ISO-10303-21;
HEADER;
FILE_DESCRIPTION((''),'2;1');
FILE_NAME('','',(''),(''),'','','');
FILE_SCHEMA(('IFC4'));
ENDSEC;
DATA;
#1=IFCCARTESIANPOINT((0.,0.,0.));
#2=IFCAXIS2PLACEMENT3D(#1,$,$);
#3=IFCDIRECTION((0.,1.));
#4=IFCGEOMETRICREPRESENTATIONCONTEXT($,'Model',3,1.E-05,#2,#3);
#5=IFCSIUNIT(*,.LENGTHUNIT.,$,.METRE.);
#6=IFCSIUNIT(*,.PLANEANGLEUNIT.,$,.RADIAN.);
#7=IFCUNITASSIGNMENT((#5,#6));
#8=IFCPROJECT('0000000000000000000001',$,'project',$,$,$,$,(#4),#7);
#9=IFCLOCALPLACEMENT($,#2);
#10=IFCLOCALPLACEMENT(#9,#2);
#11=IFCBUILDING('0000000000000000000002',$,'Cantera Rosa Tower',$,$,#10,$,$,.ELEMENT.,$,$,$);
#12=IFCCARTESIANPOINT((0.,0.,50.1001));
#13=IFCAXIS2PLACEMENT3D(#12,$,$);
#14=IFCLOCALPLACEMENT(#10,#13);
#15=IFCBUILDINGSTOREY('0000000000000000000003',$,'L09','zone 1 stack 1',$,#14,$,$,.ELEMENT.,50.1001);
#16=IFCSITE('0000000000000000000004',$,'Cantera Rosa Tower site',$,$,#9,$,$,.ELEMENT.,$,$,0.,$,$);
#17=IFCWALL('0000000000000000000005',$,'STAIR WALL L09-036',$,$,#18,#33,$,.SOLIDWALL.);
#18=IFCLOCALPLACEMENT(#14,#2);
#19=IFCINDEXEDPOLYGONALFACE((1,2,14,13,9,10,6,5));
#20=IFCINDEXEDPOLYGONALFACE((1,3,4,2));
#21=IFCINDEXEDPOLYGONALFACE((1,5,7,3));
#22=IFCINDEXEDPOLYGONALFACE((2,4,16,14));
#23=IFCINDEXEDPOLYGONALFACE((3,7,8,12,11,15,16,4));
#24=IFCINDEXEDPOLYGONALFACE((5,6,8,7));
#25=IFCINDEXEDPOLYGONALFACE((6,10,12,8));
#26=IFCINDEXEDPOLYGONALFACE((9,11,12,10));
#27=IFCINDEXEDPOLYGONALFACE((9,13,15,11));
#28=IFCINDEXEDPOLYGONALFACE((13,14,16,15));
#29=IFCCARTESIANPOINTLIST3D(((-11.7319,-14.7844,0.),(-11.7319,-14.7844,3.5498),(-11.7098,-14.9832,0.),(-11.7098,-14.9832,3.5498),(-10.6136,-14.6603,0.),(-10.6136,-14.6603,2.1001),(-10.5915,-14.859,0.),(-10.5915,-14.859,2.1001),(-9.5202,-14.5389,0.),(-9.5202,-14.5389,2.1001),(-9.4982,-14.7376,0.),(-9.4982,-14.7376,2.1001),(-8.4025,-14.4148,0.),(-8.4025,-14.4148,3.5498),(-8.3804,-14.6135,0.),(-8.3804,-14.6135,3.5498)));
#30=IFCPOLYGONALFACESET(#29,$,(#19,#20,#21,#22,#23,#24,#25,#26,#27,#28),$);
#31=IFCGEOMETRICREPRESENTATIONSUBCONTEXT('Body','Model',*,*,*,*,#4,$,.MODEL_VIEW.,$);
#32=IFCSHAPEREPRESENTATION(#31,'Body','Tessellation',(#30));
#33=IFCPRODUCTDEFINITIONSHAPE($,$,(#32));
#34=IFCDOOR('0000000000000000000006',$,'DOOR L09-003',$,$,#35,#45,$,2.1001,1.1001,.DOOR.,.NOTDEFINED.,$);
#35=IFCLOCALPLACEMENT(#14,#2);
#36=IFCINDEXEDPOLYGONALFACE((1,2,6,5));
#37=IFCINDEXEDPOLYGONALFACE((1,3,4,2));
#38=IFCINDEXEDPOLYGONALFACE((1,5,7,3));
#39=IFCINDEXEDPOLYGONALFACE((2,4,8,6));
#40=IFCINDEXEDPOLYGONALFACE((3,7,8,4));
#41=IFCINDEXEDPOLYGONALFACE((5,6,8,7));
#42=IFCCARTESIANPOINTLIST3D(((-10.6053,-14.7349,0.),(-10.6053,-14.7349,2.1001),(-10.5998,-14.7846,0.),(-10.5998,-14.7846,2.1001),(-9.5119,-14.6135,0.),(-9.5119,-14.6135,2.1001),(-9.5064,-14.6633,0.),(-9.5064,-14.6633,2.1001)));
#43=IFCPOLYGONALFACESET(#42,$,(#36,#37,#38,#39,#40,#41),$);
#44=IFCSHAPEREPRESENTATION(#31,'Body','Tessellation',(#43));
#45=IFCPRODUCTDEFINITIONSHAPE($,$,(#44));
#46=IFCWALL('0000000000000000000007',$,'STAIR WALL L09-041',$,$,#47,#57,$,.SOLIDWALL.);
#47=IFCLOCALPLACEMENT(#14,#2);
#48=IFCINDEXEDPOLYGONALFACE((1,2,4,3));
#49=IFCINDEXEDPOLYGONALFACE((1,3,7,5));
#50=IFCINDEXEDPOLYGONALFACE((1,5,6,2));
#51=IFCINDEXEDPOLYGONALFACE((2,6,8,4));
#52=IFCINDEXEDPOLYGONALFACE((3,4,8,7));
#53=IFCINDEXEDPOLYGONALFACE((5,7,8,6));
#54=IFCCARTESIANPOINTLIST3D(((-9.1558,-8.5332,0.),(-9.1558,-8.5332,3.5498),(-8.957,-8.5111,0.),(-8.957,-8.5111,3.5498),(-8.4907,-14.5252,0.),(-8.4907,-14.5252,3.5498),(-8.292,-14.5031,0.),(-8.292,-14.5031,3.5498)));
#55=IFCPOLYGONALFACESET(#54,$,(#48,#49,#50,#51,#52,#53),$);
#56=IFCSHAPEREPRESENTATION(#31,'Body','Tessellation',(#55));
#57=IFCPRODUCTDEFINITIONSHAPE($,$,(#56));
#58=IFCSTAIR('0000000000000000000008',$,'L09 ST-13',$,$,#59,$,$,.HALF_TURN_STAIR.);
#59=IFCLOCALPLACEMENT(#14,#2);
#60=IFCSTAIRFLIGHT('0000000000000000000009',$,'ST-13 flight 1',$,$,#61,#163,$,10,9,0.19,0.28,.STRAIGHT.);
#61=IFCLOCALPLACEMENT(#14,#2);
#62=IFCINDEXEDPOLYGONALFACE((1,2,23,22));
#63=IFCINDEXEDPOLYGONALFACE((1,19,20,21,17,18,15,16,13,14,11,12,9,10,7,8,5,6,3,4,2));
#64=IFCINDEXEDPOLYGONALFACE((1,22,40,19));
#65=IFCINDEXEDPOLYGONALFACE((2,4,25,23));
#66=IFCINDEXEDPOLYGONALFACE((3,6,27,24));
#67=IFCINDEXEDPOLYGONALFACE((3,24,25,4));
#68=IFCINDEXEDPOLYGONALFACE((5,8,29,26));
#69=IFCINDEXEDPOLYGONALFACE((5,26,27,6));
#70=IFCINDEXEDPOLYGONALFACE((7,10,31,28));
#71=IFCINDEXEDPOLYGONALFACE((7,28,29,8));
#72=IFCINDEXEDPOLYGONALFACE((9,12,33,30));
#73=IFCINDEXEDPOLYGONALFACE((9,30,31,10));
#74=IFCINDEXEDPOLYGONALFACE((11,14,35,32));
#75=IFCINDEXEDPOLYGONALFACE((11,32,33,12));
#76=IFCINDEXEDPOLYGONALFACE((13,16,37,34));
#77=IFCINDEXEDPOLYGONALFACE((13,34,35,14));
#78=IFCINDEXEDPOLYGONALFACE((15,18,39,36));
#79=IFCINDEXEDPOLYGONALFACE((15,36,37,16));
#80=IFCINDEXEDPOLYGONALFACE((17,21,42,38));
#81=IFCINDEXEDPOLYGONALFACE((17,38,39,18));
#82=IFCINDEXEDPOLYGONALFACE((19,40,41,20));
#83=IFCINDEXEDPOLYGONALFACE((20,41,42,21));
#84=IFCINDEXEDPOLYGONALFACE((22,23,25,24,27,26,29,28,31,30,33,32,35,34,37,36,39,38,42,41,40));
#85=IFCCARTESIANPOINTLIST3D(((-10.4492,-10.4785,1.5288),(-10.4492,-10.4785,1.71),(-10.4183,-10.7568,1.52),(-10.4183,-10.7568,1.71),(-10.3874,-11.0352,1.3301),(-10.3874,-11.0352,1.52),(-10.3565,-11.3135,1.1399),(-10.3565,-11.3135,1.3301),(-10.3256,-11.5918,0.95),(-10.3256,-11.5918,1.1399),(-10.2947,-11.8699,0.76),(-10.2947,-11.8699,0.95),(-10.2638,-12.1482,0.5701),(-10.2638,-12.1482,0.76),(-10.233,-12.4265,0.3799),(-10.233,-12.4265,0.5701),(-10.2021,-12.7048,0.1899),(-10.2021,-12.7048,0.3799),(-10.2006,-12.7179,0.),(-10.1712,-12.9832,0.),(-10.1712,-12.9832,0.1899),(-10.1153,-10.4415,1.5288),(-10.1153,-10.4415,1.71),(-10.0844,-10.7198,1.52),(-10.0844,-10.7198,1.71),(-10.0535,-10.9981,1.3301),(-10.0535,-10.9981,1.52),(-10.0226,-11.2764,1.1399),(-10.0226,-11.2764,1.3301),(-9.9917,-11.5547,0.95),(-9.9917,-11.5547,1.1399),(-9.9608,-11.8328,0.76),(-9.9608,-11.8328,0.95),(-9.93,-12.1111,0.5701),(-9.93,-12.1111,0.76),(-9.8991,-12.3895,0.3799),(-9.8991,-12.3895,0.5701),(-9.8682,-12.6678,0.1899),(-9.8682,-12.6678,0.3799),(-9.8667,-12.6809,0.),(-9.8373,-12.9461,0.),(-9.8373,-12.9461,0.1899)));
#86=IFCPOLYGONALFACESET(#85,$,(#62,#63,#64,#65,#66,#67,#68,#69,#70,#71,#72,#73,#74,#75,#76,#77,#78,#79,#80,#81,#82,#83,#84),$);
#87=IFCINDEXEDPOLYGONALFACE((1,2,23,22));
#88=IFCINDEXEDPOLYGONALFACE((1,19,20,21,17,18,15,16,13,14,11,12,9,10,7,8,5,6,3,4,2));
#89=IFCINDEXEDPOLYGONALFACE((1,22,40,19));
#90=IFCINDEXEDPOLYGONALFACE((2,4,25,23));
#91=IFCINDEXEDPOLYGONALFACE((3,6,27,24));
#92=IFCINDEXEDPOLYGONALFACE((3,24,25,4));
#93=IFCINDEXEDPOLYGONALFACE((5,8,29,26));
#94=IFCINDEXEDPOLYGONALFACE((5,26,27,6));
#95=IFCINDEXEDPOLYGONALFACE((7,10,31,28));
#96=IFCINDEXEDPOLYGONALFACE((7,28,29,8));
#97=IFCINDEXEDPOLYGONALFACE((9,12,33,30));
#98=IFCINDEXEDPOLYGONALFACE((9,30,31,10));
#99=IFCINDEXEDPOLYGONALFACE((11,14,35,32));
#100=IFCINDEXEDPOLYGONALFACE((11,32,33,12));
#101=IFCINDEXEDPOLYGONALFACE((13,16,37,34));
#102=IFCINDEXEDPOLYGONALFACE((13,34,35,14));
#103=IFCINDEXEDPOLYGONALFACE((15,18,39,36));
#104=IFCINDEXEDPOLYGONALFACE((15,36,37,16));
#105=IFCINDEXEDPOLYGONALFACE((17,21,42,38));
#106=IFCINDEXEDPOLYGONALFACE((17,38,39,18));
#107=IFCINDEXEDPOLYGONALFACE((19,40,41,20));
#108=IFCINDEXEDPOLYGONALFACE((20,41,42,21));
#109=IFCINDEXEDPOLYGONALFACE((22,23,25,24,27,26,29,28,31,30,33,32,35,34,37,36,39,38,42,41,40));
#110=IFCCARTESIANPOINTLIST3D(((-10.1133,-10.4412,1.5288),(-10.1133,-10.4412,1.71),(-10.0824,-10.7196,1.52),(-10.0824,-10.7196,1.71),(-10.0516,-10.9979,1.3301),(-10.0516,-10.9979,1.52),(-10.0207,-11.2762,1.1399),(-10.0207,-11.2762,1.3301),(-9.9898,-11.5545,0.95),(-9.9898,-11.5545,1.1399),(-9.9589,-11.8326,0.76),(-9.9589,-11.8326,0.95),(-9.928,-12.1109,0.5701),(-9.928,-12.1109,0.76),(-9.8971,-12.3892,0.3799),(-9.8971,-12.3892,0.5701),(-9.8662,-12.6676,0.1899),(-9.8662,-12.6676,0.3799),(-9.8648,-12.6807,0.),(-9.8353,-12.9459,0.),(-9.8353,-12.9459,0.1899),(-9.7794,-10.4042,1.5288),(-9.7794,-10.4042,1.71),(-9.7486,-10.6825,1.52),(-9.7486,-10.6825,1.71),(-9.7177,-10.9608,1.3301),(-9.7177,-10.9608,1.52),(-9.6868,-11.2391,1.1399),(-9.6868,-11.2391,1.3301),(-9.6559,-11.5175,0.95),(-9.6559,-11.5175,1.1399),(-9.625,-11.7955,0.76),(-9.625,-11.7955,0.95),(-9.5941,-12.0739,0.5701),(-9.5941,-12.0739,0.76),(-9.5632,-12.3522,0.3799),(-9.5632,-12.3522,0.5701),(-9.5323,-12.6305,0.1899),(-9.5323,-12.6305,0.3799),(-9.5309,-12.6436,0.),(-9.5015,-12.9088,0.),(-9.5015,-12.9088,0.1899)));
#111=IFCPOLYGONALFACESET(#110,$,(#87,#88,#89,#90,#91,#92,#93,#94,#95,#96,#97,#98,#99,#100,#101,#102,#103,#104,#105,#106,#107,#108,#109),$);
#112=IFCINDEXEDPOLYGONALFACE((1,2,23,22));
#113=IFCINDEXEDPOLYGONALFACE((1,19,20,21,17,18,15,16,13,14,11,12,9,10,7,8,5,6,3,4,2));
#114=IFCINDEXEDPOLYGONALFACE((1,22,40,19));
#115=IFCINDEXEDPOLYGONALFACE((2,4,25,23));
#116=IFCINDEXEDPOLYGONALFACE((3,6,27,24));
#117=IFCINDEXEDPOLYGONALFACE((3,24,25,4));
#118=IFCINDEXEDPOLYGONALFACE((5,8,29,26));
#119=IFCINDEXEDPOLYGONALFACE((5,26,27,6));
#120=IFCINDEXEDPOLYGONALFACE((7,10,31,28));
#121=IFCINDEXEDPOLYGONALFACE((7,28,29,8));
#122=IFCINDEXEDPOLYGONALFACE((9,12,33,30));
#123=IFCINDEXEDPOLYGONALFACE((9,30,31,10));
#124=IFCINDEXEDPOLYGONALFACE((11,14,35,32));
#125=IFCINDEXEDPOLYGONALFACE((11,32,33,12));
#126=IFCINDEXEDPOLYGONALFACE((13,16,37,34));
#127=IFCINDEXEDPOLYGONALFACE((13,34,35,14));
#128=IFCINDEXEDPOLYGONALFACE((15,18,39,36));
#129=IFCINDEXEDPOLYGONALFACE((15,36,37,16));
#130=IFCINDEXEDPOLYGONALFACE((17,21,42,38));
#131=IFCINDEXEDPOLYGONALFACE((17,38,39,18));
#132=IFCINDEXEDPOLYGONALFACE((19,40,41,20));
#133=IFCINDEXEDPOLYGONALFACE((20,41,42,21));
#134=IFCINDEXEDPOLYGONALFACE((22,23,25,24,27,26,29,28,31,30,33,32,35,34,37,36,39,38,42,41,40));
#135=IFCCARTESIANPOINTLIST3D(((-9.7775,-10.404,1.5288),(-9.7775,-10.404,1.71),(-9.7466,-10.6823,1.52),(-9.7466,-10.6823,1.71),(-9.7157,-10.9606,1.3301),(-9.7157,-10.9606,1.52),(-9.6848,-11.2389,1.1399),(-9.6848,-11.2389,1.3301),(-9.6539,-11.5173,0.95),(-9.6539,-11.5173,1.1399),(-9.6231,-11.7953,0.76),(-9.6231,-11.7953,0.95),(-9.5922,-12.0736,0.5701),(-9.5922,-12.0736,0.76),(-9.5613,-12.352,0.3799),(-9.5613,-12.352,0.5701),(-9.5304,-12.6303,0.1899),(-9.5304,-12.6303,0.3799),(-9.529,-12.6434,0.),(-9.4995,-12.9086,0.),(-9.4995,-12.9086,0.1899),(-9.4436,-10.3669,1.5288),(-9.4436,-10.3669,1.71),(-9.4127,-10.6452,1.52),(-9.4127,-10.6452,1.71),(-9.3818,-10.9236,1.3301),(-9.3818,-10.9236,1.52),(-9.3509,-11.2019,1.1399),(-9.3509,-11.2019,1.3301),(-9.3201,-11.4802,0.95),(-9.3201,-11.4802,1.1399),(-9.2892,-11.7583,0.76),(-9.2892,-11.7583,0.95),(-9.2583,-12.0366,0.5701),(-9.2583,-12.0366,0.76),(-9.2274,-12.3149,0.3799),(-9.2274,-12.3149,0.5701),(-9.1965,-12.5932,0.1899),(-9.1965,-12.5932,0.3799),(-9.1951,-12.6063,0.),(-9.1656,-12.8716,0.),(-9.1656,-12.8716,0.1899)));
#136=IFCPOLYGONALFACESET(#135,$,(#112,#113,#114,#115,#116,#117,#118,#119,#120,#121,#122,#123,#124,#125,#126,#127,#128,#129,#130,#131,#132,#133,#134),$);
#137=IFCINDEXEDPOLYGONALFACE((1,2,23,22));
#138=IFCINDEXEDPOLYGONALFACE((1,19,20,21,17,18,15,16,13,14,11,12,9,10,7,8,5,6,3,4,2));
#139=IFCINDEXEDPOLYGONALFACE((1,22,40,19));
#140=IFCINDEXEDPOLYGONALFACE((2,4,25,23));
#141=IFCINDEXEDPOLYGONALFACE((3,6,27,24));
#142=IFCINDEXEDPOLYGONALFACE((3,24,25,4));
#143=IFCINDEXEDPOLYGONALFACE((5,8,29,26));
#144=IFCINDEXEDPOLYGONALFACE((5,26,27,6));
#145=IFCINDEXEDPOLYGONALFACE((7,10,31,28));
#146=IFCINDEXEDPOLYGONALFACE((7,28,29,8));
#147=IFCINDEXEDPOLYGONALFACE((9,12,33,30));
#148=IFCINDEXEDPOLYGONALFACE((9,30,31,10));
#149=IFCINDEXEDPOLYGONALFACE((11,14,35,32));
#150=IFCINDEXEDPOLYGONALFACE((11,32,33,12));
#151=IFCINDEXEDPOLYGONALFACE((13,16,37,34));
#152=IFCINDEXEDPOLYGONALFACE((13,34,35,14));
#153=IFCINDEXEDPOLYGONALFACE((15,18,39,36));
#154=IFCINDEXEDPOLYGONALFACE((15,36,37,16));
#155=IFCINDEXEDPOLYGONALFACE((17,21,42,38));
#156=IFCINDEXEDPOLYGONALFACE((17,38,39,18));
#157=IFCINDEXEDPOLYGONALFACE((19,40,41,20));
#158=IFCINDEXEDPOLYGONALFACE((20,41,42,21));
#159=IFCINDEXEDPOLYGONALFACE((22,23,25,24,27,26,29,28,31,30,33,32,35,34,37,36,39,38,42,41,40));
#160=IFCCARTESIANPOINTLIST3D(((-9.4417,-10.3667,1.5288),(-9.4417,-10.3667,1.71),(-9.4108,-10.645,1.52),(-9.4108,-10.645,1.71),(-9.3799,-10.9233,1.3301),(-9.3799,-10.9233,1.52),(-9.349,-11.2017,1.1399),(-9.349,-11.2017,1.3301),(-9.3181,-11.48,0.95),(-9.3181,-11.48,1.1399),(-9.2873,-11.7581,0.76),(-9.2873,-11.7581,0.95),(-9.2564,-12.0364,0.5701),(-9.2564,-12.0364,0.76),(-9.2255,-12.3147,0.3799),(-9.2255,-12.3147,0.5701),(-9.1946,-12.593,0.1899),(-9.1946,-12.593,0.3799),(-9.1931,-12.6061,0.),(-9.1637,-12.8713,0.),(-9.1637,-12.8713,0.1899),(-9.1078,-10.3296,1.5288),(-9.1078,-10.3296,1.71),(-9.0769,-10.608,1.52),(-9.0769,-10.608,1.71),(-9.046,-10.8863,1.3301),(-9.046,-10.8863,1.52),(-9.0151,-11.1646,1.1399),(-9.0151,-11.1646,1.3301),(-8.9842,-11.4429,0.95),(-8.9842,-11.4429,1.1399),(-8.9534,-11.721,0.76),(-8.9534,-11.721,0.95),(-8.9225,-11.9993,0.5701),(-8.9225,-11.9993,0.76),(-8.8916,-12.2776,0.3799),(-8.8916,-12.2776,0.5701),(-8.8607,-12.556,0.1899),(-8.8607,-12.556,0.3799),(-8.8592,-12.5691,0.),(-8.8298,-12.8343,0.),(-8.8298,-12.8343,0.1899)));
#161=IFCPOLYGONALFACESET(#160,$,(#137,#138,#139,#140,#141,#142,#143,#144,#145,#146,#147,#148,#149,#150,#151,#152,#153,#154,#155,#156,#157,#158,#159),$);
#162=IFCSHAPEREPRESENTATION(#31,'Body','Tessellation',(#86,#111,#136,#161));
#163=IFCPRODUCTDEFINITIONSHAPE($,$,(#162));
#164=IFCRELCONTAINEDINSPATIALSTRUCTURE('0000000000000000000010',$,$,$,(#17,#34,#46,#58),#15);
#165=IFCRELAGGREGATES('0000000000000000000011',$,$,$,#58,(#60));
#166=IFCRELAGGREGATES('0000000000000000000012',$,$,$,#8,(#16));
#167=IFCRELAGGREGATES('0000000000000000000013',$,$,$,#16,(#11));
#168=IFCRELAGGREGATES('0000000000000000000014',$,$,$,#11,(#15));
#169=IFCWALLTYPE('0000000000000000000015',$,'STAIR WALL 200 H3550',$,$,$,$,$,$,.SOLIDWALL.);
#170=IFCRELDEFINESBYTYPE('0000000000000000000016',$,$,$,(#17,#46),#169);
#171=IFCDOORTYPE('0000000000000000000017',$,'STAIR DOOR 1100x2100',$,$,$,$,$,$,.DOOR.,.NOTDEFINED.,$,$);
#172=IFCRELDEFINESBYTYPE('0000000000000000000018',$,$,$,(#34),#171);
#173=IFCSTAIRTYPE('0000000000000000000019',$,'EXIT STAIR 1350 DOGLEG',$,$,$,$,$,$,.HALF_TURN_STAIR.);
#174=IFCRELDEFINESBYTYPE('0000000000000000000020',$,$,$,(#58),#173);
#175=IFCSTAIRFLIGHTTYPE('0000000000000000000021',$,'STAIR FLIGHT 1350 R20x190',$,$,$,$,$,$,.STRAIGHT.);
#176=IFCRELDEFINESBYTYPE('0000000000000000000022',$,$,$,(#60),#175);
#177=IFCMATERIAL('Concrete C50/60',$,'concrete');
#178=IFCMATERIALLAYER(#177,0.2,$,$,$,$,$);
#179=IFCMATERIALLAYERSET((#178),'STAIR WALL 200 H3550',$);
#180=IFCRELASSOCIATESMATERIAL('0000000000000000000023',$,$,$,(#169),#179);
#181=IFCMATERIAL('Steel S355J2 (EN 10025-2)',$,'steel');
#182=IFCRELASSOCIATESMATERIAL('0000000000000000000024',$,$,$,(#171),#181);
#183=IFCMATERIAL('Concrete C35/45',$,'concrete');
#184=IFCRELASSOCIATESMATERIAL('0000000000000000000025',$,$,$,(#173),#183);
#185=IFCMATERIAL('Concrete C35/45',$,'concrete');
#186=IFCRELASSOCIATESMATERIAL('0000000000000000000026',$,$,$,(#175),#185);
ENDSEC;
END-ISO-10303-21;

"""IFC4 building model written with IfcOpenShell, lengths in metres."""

from ifc_helpers import new_model, si_unit, direction, frame, frame_2d, origin, place, context, subcontext, project, spatial, polyline, rectangle, outline, extrude, material, layer, layer_set, type_object, element, fill, aggregate, save


model = new_model("IFC4")

# Units and contexts
model_context = context("Model", 3, precision=1e-05, world=origin(), true_north=direction((0.0, 1.0)))
body_context = subcontext(model_context, "Body", "Model", "MODEL_VIEW")
ifc_project = project(units=[si_unit("LENGTHUNIT", "METRE"), si_unit("PLANEANGLEUNIT", "RADIAN")], contexts=[model_context])

# Site, building, storey
site_placement = place(None, origin())
site = spatial("IfcSite", under=ifc_project, at=site_placement, Name="Cantera Rosa Tower site", CompositionType="ELEMENT", RefElevation=0.0)
building_placement = place(site_placement, origin())
building = spatial("IfcBuilding", under=site, at=building_placement, Name="Cantera Rosa Tower", CompositionType="ELEMENT")
storey_placement = place(building_placement, frame((0.0, 0.0, 50.1001)))
storey = spatial("IfcBuildingStorey", under=building, at=storey_placement, Name="L09", Description="zone 1 stack 1", CompositionType="ELEMENT", Elevation=50.1001)

# Wall, opening, door
ifc_material_1 = material(Name="Concrete C50/60", Category="concrete")
ifc_layer_1 = layer(ifc_material_1, 0.2)
ifc_layer_set_1 = layer_set([ifc_layer_1], Name="STAIR WALL 200 H3550")
wall_type_1 = type_object("IfcWallType", Name="STAIR WALL 200 H3550", PredefinedType="SOLIDWALL", material=ifc_layer_set_1)
wall_1_placement = place(storey_placement, frame((-11.7207, -14.8838, 0.0), z_axis=(0.0, 0.0, 1.0), x_axis=(0.993894, 0.110344, 0.0)))
wall_1 = element("IfcWall", 1, at=wall_1_placement, inside=storey, type_object=wall_type_1, Name="STAIR WALL L09-036", PredefinedType="SOLIDWALL", context=body_context, shape_type="SweptSolid", body=[
    extrude(rectangle(XDim=3.3499, YDim=0.2, at=frame_2d((1.6748, 0.0))), origin(), (0.0, 0.0, 1.0), 3.5498),
])
opening_1_placement = place(wall_1_placement, frame((1.125, 0.0, 0.0)))
opening_1 = element("IfcOpeningElement", 2, at=opening_1_placement, cuts=wall_1, PredefinedType="OPENING", context=body_context, shape_type="SweptSolid", body=[
    extrude(rectangle(XDim=1.1001, YDim=2.1001, at=frame_2d((0.55, 1.05))), frame((0.0, 0.1099, 0.0), z_axis=(0.0, -1.0, 0.0), x_axis=(1.0, 0.0, 0.0)), (0.0, 0.0, 1.0), 0.22),
])
ifc_material_2 = material(Name="Steel S355J2 (EN 10025-2)", Category="steel")
door_type_1 = type_object("IfcDoorType", Name="STAIR DOOR 1100x2100", OperationType="NOTDEFINED", PredefinedType="DOOR", material=ifc_material_2)
door_1_placement = place(opening_1_placement, origin())
door_1 = element("IfcDoor", 3, at=door_1_placement, inside=storey, type_object=door_type_1, Name="DOOR L09-003", OperationType="NOTDEFINED", OverallHeight=2.1001, OverallWidth=1.1001, PredefinedType="DOOR", context=body_context, shape_type="SweptSolid", body=[
    extrude(rectangle(XDim=1.1001, YDim=2.1001, at=frame_2d((0.55, 1.05))), frame((0.0, 0.0249, 0.0), z_axis=(0.0, -1.0, 0.0), x_axis=(1.0, 0.0, 0.0)), (0.0, 0.0, 1.0), 0.05),
])
fill(opening_1, door_1)

# Wall
wall_2_placement = place(storey_placement, frame((-8.3914, -14.5142, 0.0), z_axis=(0.0, 0.0, 1.0), x_axis=(-0.110312, 0.993897, 0.0)))
element("IfcWall", 4, at=wall_2_placement, inside=storey, type_object=wall_type_1, Name="STAIR WALL L09-041", PredefinedType="SOLIDWALL", context=body_context, shape_type="SweptSolid", body=[
    extrude(rectangle(XDim=6.0288, YDim=0.2, at=frame_2d((3.0144, 0.0))), origin(), (0.0, 0.0, 1.0), 3.5498),
])

# Stair, stair flight
ifc_material_3 = material(Name="Concrete C35/45", Category="concrete")
stair_type = type_object("IfcStairType", Name="EXIT STAIR 1350 DOGLEG", PredefinedType="HALF_TURN_STAIR", material=ifc_material_3)
stair_placement = place(storey_placement, origin())
stair = element("IfcStair", 5, at=stair_placement, inside=storey, type_object=stair_type, Name="L09 ST-13", PredefinedType="HALF_TURN_STAIR")
ifc_material_4 = material(Name="Concrete C35/45", Category="concrete")
stair_flight_type = type_object("IfcStairFlightType", Name="STAIR FLIGHT 1350 R20x190", PredefinedType="STRAIGHT", material=ifc_material_4)
stair_flight_placement = place(storey_placement, frame((-9.5002, -12.9087, 0.0), z_axis=(0.0, 0.0, 1.0), x_axis=(-0.110313, 0.993897, 0.0)))
stair_flight = element("IfcStairFlight", 6, at=stair_flight_placement, type_object=stair_flight_type, Name="ST-13 flight 1", NumberOfRisers=10, NumberOfTreads=9, PredefinedType="STRAIGHT", RiserHeight=0.19, TreadLength=0.28, context=body_context, shape_type="SweptSolid", body=[
    extrude(outline(polyline([(0.0, 0.0), (0.0, 0.1899), (0.28, 0.1899), (0.28, 0.3799), (0.5601, 0.3799), (0.5601, 0.5701), (0.8401, 0.5701), (0.8401, 0.76), (1.1201, 0.76), (1.1201, 0.95), (1.3999, 0.95), (1.3999, 1.1399), (1.6799, 1.1399), (1.6799, 1.3301), (1.96, 1.3301), (1.96, 1.52), (2.24, 1.52), (2.24, 1.71), (2.52, 1.71), (2.52, 1.8999), (2.52, 1.5288), (0.2668, 0.0), (0.0, 0.0)])), frame((0.0, 0.675, 0.0), z_axis=(0.0, -1.0, 0.0), x_axis=(1.0, 0.0, 0.0)), (0.0, 0.0, 1.0), 0.3359),
    extrude(outline(polyline([(0.0, 0.0), (0.0, 0.1899), (0.28, 0.1899), (0.28, 0.3799), (0.5601, 0.3799), (0.5601, 0.5701), (0.8401, 0.5701), (0.8401, 0.76), (1.1201, 0.76), (1.1201, 0.95), (1.3999, 0.95), (1.3999, 1.1399), (1.6799, 1.1399), (1.6799, 1.3301), (1.96, 1.3301), (1.96, 1.52), (2.24, 1.52), (2.24, 1.71), (2.52, 1.71), (2.52, 1.8999), (2.52, 1.5288), (0.2668, 0.0), (0.0, 0.0)])), frame((0.0, 0.3372, 0.0), z_axis=(0.0, -1.0, 0.0), x_axis=(1.0, 0.0, 0.0)), (0.0, 0.0, 1.0), 0.3359),
    extrude(outline(polyline([(0.0, 0.0), (0.0, 0.1899), (0.28, 0.1899), (0.28, 0.3799), (0.5601, 0.3799), (0.5601, 0.5701), (0.8401, 0.5701), (0.8401, 0.76), (1.1201, 0.76), (1.1201, 0.95), (1.3999, 0.95), (1.3999, 1.1399), (1.6799, 1.1399), (1.6799, 1.3301), (1.96, 1.3301), (1.96, 1.52), (2.24, 1.52), (2.24, 1.71), (2.52, 1.71), (2.52, 1.8999), (2.52, 1.5288), (0.2668, 0.0), (0.0, 0.0)])), frame((0.0, -0.0007, 0.0), z_axis=(0.0, -1.0, 0.0), x_axis=(1.0, 0.0, 0.0)), (0.0, 0.0, 1.0), 0.3359),
    extrude(outline(polyline([(0.0, 0.0), (0.0, 0.1899), (0.28, 0.1899), (0.28, 0.3799), (0.5601, 0.3799), (0.5601, 0.5701), (0.8401, 0.5701), (0.8401, 0.76), (1.1201, 0.76), (1.1201, 0.95), (1.3999, 0.95), (1.3999, 1.1399), (1.6799, 1.1399), (1.6799, 1.3301), (1.96, 1.3301), (1.96, 1.52), (2.24, 1.52), (2.24, 1.71), (2.52, 1.71), (2.52, 1.8999), (2.52, 1.5288), (0.2668, 0.0), (0.0, 0.0)])), frame((0.0, -0.3386, 0.0), z_axis=(0.0, -1.0, 0.0), x_axis=(1.0, 0.0, 0.0)), (0.0, 0.0, 1.0), 0.3359),
])
aggregate(stair, [stair_flight])

save(model, "model.ifc")
